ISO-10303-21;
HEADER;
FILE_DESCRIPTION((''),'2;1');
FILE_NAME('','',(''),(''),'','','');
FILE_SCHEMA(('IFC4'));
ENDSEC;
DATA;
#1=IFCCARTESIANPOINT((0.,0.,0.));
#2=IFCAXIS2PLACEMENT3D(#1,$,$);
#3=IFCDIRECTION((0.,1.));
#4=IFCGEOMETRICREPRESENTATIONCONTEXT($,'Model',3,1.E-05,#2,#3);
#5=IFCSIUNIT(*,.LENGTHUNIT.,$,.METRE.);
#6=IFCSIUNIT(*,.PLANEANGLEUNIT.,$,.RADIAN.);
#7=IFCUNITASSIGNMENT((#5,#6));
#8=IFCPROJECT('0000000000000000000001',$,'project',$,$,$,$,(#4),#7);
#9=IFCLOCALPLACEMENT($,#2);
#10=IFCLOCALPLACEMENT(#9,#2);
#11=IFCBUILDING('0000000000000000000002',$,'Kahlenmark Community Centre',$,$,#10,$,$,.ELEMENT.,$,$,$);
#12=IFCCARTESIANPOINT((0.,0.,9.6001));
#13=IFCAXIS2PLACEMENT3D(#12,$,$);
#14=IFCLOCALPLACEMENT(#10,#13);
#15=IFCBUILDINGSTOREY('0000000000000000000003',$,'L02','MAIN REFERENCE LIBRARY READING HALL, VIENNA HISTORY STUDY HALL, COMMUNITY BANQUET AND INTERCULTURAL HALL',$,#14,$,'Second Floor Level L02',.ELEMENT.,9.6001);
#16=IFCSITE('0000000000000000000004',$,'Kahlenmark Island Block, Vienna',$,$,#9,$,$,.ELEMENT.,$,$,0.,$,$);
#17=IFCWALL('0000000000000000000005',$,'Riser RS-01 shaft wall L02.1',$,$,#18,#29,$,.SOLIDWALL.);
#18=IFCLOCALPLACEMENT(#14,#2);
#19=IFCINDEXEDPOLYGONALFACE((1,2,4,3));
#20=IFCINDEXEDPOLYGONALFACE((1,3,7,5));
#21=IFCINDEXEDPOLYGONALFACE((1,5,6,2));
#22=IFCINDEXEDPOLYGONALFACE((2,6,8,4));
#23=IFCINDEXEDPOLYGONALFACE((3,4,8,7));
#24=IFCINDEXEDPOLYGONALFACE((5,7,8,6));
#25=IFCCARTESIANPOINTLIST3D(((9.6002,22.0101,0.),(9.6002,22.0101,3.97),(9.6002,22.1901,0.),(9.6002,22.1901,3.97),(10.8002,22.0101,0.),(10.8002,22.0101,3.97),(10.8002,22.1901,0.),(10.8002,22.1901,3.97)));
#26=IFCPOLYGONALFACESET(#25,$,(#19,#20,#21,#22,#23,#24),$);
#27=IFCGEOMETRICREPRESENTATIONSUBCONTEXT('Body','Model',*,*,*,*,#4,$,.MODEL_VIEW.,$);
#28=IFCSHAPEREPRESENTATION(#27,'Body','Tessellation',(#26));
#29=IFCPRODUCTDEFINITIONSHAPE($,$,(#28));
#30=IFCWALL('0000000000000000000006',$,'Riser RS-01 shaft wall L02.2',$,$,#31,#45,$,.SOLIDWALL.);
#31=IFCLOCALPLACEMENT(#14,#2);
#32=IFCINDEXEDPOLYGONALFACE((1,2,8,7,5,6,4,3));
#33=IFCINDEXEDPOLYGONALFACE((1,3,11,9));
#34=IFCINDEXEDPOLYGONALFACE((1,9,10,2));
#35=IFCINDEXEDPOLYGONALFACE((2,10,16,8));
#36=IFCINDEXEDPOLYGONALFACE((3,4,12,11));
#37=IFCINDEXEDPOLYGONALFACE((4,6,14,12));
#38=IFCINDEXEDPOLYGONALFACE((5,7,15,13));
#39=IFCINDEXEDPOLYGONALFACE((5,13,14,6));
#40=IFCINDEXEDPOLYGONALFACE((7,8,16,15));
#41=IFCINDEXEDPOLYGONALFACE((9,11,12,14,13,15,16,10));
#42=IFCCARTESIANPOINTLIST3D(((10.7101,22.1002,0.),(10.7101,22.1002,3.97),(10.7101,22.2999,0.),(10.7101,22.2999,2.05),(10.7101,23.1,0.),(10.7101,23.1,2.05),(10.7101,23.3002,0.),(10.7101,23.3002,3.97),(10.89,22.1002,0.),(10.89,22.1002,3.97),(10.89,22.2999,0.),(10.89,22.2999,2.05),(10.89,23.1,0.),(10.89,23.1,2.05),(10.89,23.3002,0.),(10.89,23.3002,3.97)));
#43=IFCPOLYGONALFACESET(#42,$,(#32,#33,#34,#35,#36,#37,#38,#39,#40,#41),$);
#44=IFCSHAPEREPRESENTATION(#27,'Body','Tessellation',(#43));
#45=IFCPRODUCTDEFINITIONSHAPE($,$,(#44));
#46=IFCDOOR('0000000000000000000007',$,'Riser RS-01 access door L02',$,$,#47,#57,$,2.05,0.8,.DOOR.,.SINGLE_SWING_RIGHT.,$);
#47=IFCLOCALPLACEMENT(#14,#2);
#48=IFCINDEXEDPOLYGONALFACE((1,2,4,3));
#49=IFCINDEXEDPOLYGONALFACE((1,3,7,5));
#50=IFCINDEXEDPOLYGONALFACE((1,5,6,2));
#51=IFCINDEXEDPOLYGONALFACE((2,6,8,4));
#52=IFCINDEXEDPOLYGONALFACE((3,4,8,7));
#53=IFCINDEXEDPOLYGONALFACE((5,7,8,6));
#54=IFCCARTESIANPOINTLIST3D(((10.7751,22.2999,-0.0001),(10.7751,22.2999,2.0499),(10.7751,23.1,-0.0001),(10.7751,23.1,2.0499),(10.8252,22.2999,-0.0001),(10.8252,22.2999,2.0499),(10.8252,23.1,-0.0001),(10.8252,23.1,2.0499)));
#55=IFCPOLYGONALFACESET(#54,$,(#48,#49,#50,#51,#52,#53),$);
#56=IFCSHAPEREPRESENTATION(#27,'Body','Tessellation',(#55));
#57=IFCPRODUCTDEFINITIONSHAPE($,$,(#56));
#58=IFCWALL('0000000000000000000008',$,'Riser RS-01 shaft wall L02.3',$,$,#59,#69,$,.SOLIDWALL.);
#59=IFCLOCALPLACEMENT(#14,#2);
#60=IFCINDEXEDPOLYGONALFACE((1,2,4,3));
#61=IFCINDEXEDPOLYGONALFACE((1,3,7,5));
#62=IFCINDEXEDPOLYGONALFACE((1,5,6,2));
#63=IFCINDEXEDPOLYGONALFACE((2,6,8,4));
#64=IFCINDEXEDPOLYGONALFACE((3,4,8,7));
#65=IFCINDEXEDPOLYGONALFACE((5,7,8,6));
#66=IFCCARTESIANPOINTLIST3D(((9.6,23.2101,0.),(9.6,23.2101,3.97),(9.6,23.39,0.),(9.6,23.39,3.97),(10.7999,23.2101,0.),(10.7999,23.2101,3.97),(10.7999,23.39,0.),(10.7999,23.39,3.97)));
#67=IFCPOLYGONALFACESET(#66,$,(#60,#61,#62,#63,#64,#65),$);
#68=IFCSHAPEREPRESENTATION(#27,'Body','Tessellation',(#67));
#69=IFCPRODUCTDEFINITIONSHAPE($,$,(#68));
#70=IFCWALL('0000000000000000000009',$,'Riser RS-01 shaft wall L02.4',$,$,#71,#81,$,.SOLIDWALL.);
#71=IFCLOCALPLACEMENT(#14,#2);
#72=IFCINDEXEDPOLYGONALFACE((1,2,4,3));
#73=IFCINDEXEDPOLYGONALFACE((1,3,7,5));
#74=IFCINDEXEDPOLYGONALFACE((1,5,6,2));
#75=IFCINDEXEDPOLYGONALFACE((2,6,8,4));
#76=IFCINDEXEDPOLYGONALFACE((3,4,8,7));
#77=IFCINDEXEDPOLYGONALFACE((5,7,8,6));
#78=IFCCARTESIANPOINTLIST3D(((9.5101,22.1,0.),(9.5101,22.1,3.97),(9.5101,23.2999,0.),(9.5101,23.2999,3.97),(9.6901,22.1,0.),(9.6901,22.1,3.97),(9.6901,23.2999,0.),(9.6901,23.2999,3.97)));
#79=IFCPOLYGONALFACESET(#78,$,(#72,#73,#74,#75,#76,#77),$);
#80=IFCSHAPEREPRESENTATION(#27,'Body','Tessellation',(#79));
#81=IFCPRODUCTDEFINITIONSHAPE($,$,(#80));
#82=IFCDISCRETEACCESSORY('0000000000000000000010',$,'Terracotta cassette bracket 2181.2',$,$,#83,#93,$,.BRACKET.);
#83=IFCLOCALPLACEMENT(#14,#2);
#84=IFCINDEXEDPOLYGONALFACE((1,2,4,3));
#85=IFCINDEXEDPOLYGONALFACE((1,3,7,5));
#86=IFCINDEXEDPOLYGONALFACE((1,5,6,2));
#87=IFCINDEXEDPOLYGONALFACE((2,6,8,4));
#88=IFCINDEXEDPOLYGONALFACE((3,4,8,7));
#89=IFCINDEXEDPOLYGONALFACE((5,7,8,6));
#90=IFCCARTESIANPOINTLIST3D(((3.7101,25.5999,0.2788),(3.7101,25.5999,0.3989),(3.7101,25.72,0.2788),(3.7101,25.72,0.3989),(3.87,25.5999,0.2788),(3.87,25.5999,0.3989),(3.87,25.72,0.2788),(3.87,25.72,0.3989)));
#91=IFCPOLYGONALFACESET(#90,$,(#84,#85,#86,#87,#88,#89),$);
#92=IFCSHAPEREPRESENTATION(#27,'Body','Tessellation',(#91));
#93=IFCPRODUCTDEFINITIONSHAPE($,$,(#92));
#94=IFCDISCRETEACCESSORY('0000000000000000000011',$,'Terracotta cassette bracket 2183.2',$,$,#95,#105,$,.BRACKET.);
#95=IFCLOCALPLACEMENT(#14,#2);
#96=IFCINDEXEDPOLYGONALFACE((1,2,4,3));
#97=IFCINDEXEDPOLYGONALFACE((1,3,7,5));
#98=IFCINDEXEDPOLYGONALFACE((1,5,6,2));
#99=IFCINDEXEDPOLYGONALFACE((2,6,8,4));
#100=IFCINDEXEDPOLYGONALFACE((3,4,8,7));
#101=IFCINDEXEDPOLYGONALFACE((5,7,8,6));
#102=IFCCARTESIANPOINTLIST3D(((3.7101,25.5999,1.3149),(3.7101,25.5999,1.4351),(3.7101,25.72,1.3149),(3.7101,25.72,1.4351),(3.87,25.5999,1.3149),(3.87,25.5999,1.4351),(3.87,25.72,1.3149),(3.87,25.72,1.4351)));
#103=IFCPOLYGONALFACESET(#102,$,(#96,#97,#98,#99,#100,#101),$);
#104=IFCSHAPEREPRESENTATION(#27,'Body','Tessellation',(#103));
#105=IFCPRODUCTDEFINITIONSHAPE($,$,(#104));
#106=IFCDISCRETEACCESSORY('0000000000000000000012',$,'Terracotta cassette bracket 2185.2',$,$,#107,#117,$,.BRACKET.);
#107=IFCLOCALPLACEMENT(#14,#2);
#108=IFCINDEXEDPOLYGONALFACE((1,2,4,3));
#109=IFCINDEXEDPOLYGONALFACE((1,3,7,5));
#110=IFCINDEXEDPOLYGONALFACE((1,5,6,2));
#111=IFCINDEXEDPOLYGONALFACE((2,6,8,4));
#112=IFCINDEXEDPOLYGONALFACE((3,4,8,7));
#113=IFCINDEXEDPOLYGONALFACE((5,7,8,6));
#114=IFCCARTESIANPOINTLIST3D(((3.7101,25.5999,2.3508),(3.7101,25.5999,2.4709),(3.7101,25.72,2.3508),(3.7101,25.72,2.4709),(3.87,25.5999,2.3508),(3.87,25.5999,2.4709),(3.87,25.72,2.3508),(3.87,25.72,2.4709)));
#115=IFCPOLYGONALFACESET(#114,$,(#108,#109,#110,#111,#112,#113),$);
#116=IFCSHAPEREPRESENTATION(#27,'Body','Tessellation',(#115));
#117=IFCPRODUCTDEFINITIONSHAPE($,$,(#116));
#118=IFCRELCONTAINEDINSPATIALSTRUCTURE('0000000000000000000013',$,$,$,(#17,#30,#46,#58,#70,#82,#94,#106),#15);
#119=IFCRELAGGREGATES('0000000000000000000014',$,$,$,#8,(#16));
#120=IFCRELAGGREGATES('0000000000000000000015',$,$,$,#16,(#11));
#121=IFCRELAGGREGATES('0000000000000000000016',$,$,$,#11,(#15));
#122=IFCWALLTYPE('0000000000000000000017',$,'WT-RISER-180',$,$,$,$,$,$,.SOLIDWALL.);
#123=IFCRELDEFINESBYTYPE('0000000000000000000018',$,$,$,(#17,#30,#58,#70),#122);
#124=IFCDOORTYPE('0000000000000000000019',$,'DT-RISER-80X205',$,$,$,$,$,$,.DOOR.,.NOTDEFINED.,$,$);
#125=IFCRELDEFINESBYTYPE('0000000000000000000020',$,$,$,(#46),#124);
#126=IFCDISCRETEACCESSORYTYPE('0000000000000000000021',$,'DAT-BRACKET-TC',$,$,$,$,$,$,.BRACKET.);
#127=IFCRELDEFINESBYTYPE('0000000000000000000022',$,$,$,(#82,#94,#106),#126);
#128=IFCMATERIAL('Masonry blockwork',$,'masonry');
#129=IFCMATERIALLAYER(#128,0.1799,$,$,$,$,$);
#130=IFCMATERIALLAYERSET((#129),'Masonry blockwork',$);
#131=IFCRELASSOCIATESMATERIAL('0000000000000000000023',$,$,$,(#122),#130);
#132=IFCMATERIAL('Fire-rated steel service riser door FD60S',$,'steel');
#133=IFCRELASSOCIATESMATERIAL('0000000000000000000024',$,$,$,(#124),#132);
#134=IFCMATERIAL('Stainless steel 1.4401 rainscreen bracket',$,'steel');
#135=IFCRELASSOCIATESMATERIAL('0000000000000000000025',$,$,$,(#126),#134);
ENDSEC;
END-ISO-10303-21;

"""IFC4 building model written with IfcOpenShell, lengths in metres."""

from ifc_helpers import new_model, si_unit, direction, frame, frame_2d, origin, origin_2d, place, context, subcontext, project, spatial, rectangle, extrude, material, layer, layer_set, type_object, element, fill, save


model = new_model("IFC4")

# Units and contexts
model_context = context("Model", 3, precision=1e-05, world=origin(), true_north=direction((0.0, 1.0)))
body_context = subcontext(model_context, "Body", "Model", "MODEL_VIEW")
ifc_project = project(units=[si_unit("LENGTHUNIT", "METRE"), si_unit("PLANEANGLEUNIT", "RADIAN")], contexts=[model_context])

# Site, building, storey
site_placement = place(None, origin())
site = spatial("IfcSite", under=ifc_project, at=site_placement, Name="Kahlenmark Island Block, Vienna", CompositionType="ELEMENT", RefElevation=0.0)
building_placement = place(site_placement, origin())
building = spatial("IfcBuilding", under=site, at=building_placement, Name="Kahlenmark Community Centre", CompositionType="ELEMENT")
storey_placement = place(building_placement, frame((0.0, 0.0, 9.6001)))
storey = spatial("IfcBuildingStorey", under=building, at=storey_placement, Name="L02", Description="MAIN REFERENCE LIBRARY READING HALL, VIENNA HISTORY STUDY HALL, COMMUNITY BANQUET AND INTERCULTURAL HALL", LongName="Second Floor Level L02", CompositionType="ELEMENT", Elevation=9.6001)

# Wall
ifc_material_1 = material(Name="Masonry blockwork", Category="masonry")
ifc_layer_1 = layer(ifc_material_1, 0.1799)
ifc_layer_set_1 = layer_set([ifc_layer_1], Name="Masonry blockwork")
wall_type_1 = type_object("IfcWallType", Name="WT-RISER-180", PredefinedType="SOLIDWALL", material=ifc_layer_set_1)
wall_1_placement = place(storey_placement, frame((9.6001, 22.1001, 0.0), z_axis=(0.0, 0.0, 1.0), x_axis=(1.0, 0.0, 0.0)))
element("IfcWall", 1, at=wall_1_placement, inside=storey, type_object=wall_type_1, Name="Riser RS-01 shaft wall L02.1", PredefinedType="SOLIDWALL", context=body_context, shape_type="SweptSolid", body=[
    extrude(rectangle(XDim=1.2, YDim=0.1799, at=frame_2d((0.6001, 0.0))), origin(), (0.0, 0.0, 1.0), 3.97),
])

# Wall, opening, door
wall_2_placement = place(storey_placement, frame((10.8, 22.1001, 0.0), z_axis=(0.0, 0.0, 1.0), x_axis=(0.0, 1.0, 0.0)))
wall_2 = element("IfcWall", 2, at=wall_2_placement, inside=storey, type_object=wall_type_1, Name="Riser RS-01 shaft wall L02.2", PredefinedType="SOLIDWALL", context=body_context, shape_type="SweptSolid", body=[
    extrude(rectangle(XDim=1.2, YDim=0.1799, at=frame_2d((0.6001, 0.0))), origin(), (0.0, 0.0, 1.0), 3.97),
])
opening_1_placement = place(wall_2_placement, frame((0.2, 0.0, -0.01)))
opening_1 = element("IfcOpeningElement", 3, at=opening_1_placement, cuts=wall_2, PredefinedType="OPENING", context=body_context, shape_type="SweptSolid", body=[
    extrude(rectangle(XDim=0.8, YDim=2.0601, at=frame_2d((0.3999, 1.03))), frame((0.0, 0.0999, 0.0), z_axis=(0.0, -1.0, 0.0), x_axis=(1.0, 0.0, 0.0)), (0.0, 0.0, 1.0), 0.2),
])
ifc_material_2 = material(Name="Fire-rated steel service riser door FD60S", Category="steel")
door_type_1 = type_object("IfcDoorType", Name="DT-RISER-80X205", OperationType="NOTDEFINED", PredefinedType="DOOR", material=ifc_material_2)
door_1_placement = place(opening_1_placement, frame((0.0, 0.0, 0.01)))
door_1 = element("IfcDoor", 4, at=door_1_placement, inside=storey, type_object=door_type_1, Name="Riser RS-01 access door L02", OperationType="SINGLE_SWING_RIGHT", OverallHeight=2.05, OverallWidth=0.8, PredefinedType="DOOR", context=body_context, shape_type="SweptSolid", body=[
    extrude(rectangle(XDim=0.8, YDim=2.05, at=frame_2d((0.3999, 1.0249))), frame((0.0, 0.0249, 0.0), z_axis=(0.0, -1.0, 0.0), x_axis=(1.0, 0.0, 0.0)), (0.0, 0.0, 1.0), 0.05),
])
fill(opening_1, door_1)

# Walls
for number, where, z_axis, x_axis, name in (
    (5, (10.8, 23.3, 0.0), (0.0, 0.0, 1.0), (-1.0, 0.0, 0.0), "Riser RS-01 shaft wall L02.3"),
    (6, (9.6001, 23.3, 0.0), (0.0, 0.0, 1.0), (0.0, -1.0, 0.0), "Riser RS-01 shaft wall L02.4"),
):
    element("IfcWall", number, at=place(storey_placement, frame(where, z_axis=z_axis, x_axis=x_axis)), inside=storey, type_object=wall_type_1, Name=name, PredefinedType="SOLIDWALL", context=body_context, shape_type="SweptSolid", body=[
        extrude(rectangle(XDim=1.2, YDim=0.1799, at=frame_2d((0.6001, 0.0))), origin(), (0.0, 0.0, 1.0), 3.97),
    ])

# Discrete accessories
ifc_material_3 = material(Name="Stainless steel 1.4401 rainscreen bracket", Category="steel")
discrete_accessory_type = type_object("IfcDiscreteAccessoryType", Name="DAT-BRACKET-TC", PredefinedType="BRACKET", material=ifc_material_3)
for number, where, z_axis, x_axis, name in (
    (7, (3.79, 25.6599, 0.2788), (0.0, 0.0, 1.0), (0.0, -1.0, 0.0), "Terracotta cassette bracket 2181.2"),
    (8, (3.79, 25.6599, 1.3149), (0.0, 0.0, 1.0), (0.0, -1.0, 0.0), "Terracotta cassette bracket 2183.2"),
    (9, (3.79, 25.6599, 2.3508), (0.0, 0.0, 1.0), (0.0, -1.0, 0.0), "Terracotta cassette bracket 2185.2"),
):
    element("IfcDiscreteAccessory", number, at=place(storey_placement, frame(where, z_axis=z_axis, x_axis=x_axis)), inside=storey, type_object=discrete_accessory_type, Name=name, PredefinedType="BRACKET", context=body_context, shape_type="SweptSolid", body=[
        extrude(rectangle(XDim=0.1201, YDim=0.1599, at=origin_2d()), origin(), (0.0, 0.0, 1.0), 0.1201),
    ])

save(model, "model.ifc")
